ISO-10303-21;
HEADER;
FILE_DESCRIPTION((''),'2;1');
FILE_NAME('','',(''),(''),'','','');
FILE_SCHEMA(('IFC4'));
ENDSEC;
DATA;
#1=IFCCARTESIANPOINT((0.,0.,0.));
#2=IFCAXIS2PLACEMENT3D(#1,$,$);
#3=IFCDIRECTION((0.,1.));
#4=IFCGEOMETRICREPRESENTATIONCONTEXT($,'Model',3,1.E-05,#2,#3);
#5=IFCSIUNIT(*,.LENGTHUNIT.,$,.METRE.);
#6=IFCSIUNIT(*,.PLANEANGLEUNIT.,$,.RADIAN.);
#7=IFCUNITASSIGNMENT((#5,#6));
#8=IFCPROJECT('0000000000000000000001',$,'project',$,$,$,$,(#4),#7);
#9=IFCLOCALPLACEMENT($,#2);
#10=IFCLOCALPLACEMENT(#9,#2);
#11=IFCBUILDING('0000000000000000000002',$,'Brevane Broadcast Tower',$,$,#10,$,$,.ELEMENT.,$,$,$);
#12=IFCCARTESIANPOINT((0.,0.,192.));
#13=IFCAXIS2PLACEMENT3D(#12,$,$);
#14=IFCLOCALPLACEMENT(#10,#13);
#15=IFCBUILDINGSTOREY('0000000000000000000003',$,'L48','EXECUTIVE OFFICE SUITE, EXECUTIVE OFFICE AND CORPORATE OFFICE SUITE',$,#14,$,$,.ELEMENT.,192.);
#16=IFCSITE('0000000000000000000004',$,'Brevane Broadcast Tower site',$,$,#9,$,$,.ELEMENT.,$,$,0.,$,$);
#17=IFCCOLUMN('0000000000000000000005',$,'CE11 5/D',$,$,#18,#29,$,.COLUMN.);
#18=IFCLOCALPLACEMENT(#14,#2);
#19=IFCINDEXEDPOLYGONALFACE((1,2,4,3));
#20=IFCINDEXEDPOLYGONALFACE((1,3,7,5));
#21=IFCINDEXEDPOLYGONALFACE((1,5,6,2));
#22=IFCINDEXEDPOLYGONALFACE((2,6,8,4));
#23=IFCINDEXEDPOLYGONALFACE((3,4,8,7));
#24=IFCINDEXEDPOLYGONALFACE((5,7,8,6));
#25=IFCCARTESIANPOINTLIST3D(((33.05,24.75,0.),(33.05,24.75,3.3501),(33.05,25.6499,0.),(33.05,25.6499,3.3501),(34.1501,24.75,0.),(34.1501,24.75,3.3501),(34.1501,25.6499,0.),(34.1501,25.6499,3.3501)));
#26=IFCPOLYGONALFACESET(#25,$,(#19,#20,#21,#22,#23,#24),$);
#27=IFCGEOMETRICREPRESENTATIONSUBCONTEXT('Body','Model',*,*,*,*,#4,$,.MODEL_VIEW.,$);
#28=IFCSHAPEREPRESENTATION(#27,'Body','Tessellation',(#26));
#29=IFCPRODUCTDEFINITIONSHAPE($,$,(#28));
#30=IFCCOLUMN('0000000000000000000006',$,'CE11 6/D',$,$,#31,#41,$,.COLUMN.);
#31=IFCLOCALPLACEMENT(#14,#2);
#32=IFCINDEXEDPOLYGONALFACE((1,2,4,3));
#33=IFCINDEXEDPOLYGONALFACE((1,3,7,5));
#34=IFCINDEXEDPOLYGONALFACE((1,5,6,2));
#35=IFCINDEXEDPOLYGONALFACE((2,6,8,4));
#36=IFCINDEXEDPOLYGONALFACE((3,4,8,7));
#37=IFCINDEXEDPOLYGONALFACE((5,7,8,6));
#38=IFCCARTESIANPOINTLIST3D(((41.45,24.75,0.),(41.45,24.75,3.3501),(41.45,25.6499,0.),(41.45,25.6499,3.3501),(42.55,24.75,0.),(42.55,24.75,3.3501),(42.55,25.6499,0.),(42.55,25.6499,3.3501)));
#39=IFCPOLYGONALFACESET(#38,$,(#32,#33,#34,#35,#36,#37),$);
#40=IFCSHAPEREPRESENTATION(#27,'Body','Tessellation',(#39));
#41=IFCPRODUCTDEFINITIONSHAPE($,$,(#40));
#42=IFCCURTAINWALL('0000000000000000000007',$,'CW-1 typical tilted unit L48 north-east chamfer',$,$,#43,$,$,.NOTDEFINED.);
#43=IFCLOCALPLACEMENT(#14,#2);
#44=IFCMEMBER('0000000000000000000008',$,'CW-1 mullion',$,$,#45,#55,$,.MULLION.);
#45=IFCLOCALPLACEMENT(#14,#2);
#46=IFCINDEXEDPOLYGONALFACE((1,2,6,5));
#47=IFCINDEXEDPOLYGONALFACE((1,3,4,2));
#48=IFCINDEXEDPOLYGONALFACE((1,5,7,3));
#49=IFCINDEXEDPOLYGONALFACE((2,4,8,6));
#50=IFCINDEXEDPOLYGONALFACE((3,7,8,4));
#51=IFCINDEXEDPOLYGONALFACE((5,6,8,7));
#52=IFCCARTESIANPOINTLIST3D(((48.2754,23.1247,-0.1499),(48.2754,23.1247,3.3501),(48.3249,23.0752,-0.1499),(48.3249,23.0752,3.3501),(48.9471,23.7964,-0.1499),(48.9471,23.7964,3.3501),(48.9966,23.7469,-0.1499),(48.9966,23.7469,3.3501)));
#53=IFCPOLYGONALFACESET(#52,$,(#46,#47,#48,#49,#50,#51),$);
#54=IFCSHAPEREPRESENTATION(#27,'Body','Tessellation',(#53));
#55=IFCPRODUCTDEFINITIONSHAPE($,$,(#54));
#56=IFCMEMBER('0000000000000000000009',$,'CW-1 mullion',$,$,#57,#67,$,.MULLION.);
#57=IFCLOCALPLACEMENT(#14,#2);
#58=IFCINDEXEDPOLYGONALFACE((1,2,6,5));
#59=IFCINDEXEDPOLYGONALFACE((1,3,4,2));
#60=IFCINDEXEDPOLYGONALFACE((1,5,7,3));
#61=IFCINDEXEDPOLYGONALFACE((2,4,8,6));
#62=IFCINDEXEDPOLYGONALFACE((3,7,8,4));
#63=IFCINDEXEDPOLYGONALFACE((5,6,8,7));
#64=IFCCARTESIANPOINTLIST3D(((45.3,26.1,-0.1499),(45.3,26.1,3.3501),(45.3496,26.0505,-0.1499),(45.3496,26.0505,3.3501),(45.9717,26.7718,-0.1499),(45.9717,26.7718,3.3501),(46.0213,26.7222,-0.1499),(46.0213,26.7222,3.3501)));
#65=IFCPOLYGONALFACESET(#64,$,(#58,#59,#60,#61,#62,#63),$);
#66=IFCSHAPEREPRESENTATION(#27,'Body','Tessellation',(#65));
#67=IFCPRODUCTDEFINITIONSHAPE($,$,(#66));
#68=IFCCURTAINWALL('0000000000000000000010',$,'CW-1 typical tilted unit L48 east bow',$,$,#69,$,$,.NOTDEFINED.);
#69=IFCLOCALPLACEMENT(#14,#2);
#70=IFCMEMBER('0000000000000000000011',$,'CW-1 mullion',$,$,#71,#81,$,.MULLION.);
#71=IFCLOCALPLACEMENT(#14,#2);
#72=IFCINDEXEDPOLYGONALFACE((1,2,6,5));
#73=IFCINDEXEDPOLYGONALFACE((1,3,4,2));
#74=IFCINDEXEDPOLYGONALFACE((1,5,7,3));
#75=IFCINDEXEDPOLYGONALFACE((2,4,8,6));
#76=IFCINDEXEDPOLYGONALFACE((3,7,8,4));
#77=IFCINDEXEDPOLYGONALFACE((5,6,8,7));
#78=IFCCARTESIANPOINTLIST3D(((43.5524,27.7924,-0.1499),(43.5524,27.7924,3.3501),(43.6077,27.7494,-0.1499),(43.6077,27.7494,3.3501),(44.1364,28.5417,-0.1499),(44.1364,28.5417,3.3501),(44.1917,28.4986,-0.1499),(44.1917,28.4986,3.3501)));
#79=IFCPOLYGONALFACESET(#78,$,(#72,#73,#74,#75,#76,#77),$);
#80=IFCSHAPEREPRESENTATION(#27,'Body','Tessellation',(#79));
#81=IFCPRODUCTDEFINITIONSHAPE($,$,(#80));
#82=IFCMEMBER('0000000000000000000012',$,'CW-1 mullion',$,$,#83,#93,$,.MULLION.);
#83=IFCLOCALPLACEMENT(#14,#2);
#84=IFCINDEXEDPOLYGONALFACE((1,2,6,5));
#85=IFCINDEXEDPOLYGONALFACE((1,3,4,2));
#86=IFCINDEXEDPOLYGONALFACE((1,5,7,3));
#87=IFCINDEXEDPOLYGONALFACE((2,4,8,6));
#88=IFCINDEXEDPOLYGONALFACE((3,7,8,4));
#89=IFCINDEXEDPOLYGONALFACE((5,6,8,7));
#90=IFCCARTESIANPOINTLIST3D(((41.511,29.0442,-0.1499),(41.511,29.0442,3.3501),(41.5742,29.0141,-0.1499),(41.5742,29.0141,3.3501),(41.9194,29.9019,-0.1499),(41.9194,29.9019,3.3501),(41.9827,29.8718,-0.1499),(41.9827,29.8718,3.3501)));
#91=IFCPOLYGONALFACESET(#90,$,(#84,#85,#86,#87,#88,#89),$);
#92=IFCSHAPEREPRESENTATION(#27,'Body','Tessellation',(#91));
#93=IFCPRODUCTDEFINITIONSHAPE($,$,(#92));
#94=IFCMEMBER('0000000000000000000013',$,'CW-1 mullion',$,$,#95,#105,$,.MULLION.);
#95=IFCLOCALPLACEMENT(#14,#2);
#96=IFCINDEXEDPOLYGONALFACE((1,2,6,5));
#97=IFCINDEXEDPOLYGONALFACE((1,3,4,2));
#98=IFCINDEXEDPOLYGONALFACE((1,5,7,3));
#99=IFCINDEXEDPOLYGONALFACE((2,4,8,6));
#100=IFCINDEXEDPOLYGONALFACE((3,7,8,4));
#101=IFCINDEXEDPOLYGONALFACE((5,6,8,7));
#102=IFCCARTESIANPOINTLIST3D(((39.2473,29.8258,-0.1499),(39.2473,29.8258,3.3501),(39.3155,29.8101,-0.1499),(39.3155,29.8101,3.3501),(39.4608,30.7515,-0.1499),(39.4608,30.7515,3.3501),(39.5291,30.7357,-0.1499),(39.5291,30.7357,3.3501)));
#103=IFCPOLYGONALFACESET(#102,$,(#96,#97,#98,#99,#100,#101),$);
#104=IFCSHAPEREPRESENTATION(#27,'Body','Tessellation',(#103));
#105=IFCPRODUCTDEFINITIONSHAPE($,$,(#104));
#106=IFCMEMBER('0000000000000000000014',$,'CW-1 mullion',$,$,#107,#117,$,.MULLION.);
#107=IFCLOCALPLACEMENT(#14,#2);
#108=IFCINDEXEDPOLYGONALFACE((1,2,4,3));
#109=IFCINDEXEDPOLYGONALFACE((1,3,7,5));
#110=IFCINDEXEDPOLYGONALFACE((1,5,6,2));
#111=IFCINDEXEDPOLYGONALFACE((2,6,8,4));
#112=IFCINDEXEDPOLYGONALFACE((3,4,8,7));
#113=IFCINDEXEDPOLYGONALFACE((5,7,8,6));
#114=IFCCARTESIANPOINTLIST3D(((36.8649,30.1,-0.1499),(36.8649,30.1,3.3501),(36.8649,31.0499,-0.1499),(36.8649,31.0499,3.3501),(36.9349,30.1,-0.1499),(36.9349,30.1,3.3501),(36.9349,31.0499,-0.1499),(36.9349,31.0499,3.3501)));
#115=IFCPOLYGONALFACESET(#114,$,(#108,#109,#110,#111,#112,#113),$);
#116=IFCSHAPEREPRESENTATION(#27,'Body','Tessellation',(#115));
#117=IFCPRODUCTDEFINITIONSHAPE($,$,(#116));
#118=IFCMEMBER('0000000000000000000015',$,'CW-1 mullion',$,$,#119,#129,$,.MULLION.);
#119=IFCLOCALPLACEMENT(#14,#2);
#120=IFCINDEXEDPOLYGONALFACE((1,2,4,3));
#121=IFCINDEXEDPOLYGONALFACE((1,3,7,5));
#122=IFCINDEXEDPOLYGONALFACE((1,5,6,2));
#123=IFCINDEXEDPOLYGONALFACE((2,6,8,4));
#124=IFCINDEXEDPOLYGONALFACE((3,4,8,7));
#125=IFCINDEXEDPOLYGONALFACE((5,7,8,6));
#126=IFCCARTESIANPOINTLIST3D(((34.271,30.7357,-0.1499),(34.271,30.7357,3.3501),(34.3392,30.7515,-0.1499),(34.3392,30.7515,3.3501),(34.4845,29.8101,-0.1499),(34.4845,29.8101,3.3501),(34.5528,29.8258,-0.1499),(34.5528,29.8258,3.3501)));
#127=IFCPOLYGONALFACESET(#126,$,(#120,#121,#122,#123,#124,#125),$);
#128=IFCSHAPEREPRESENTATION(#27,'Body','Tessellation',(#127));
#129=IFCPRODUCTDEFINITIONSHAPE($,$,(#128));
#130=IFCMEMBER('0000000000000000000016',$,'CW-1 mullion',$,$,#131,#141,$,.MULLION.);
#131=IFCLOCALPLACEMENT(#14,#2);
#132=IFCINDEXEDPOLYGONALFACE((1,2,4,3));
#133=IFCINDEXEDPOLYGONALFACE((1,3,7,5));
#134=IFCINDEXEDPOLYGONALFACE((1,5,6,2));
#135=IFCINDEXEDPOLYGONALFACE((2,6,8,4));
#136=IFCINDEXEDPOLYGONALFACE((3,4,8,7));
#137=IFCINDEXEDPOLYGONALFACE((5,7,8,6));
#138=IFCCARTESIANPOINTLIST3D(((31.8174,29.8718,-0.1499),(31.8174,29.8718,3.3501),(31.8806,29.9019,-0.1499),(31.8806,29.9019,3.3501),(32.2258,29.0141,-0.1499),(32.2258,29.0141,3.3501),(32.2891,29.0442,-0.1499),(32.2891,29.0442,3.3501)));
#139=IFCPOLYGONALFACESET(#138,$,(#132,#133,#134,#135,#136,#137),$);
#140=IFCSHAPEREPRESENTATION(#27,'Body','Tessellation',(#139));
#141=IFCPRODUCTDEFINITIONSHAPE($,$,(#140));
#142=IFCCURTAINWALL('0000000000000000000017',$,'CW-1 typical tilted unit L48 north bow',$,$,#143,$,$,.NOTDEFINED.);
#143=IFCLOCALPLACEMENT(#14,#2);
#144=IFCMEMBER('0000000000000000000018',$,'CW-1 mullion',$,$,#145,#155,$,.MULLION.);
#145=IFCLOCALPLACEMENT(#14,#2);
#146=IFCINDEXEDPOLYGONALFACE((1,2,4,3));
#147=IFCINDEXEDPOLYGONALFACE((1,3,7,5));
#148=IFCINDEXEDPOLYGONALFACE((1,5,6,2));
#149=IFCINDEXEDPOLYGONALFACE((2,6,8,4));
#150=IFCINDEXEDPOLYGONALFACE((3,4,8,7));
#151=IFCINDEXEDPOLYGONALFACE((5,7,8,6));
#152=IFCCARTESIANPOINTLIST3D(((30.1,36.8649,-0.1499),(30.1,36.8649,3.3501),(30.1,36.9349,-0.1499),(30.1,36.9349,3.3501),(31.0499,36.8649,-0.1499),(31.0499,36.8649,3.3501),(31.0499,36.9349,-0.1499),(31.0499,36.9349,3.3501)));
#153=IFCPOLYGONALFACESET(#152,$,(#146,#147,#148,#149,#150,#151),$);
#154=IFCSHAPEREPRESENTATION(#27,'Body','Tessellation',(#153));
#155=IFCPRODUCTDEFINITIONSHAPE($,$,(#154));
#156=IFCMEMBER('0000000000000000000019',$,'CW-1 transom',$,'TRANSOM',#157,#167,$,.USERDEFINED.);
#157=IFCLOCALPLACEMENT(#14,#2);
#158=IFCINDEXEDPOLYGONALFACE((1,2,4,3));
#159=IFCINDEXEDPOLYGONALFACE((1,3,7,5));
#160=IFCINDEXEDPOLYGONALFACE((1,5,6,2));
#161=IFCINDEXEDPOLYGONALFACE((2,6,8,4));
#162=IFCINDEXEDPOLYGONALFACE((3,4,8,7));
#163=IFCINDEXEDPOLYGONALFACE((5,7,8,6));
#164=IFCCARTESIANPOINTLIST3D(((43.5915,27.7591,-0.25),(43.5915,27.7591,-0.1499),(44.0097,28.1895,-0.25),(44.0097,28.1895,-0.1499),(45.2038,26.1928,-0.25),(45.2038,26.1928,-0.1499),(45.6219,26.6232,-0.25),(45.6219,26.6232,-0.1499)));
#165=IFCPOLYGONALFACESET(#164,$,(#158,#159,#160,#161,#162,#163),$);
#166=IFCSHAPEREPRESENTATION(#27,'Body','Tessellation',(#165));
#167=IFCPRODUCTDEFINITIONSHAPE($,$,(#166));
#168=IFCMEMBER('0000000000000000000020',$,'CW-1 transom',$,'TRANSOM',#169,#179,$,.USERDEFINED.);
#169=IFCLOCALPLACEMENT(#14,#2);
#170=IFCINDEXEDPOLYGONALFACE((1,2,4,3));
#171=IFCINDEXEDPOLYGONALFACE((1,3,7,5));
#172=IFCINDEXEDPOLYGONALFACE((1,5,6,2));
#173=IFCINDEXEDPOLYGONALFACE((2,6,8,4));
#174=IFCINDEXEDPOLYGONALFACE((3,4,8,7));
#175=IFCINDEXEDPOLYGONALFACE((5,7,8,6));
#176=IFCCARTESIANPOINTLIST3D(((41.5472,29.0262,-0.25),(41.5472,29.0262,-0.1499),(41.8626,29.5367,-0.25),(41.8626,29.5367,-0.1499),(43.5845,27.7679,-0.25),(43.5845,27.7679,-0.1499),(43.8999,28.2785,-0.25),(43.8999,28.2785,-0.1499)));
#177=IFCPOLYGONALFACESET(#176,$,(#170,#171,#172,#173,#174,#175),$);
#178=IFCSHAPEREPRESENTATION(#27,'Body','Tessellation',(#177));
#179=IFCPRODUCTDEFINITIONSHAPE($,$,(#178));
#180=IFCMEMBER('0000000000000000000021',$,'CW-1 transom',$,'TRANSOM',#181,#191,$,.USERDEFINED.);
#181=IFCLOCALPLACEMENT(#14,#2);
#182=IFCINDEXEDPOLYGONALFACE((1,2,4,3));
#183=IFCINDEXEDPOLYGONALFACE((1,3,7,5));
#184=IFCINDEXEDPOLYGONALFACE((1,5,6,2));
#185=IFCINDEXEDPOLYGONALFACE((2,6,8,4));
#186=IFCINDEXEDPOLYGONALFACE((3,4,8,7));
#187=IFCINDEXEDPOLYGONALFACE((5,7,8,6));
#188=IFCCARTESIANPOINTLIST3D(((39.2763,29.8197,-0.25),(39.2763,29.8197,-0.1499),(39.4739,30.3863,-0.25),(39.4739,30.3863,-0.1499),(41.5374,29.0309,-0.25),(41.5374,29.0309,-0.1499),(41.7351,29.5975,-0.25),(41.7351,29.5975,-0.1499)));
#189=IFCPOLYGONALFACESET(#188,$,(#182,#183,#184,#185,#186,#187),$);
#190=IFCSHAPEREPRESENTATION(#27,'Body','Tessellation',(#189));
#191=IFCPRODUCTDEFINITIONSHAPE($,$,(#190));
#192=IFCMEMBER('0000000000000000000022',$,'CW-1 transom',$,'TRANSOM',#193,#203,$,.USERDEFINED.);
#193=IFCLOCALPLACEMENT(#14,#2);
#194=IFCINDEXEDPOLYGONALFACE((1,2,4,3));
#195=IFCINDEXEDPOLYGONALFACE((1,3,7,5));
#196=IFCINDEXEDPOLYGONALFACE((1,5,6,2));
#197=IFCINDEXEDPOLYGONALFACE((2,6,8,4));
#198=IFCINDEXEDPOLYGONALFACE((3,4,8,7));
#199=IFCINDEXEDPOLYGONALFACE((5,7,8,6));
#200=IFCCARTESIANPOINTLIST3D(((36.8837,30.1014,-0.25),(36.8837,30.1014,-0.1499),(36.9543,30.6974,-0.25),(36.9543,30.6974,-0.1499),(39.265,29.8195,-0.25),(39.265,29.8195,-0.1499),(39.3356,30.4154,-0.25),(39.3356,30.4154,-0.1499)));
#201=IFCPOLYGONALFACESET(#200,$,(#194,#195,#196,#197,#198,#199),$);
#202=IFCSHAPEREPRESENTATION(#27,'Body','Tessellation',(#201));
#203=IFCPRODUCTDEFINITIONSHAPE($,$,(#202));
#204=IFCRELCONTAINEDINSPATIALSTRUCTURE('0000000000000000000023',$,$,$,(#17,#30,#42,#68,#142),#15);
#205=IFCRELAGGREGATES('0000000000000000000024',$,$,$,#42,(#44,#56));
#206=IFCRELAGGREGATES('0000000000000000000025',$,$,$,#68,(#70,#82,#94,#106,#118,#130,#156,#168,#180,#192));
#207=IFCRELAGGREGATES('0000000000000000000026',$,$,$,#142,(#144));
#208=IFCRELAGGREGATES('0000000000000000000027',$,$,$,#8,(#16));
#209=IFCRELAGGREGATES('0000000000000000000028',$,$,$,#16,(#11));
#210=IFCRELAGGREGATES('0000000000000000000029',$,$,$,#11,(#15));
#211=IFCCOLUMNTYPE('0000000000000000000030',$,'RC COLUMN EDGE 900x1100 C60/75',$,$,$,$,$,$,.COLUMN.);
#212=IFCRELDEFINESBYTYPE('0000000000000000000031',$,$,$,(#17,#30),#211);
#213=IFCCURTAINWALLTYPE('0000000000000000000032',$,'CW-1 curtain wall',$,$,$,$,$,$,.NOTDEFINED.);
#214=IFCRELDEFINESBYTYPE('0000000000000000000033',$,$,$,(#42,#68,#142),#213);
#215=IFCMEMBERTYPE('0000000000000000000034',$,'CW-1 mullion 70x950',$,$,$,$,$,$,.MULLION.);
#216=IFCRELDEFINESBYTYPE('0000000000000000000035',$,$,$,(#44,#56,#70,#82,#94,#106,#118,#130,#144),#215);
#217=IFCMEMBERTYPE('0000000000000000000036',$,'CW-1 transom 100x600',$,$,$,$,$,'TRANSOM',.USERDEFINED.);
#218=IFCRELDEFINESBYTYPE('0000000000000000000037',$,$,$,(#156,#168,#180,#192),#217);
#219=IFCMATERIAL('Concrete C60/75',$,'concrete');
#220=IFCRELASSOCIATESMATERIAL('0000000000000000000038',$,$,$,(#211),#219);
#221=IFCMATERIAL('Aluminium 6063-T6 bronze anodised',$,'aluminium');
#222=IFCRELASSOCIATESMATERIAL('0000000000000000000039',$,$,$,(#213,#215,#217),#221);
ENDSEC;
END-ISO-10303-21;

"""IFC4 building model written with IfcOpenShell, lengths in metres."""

from ifc_helpers import new_model, si_unit, direction, frame, origin, origin_2d, place, context, subcontext, project, spatial, rectangle, extrude, material, material_profile, profile_set, type_object, element, aggregate, save


model = new_model("IFC4")

# Units and contexts
model_context = context("Model", 3, precision=1e-05, world=origin(), true_north=direction((0.0, 1.0)))
body_context = subcontext(model_context, "Body", "Model", "MODEL_VIEW")
ifc_project = project(units=[si_unit("LENGTHUNIT", "METRE"), si_unit("PLANEANGLEUNIT", "RADIAN")], contexts=[model_context])

# Site, building, storey
site_placement = place(None, origin())
site = spatial("IfcSite", under=ifc_project, at=site_placement, Name="Brevane Broadcast Tower site", CompositionType="ELEMENT", RefElevation=0.0)
building_placement = place(site_placement, origin())
building = spatial("IfcBuilding", under=site, at=building_placement, Name="Brevane Broadcast Tower", CompositionType="ELEMENT")
storey_placement = place(building_placement, frame((0.0, 0.0, 192.0)))
storey = spatial("IfcBuildingStorey", under=building, at=storey_placement, Name="L48", Description="EXECUTIVE OFFICE SUITE, EXECUTIVE OFFICE AND CORPORATE OFFICE SUITE", CompositionType="ELEMENT", Elevation=192.0)

# Columns
ifc_material_1 = material(Name="Concrete C60/75", Category="concrete")
ifc_material_profile_1 = material_profile(ifc_material_1, rectangle(XDim=0.8999, YDim=1.1001, at=origin_2d()), Name="RC 900x1100")
ifc_profile_set_1 = profile_set([ifc_material_profile_1], Name="Concrete C60/75")
column_type = type_object("IfcColumnType", Name="RC COLUMN EDGE 900x1100 C60/75", PredefinedType="COLUMN", material=ifc_profile_set_1)
for number, where, z_axis, x_axis, name in (
    (1, (33.6001, 25.2, 0.0), (0.0, 0.0, 1.0), (0.0, 1.0, 0.0), "CE11 5/D"),
    (2, (42.0, 25.2, 0.0), (0.0, 0.0, 1.0), (0.0, 1.0, 0.0), "CE11 6/D"),
):
    element("IfcColumn", number, at=place(storey_placement, frame(where, z_axis=z_axis, x_axis=x_axis)), inside=storey, type_object=column_type, Name=name, PredefinedType="COLUMN", context=body_context, shape_type="SweptSolid", body=[
        extrude(rectangle(XDim=0.8999, YDim=1.1001, at=origin_2d()), origin(), (0.0, 0.0, 1.0), 3.3501),
    ])

# Curtain walls, members
ifc_material_2 = material(Name="Aluminium 6063-T6 bronze anodised", Category="aluminium")
curtain_wall_type = type_object("IfcCurtainWallType", Name="CW-1 curtain wall", PredefinedType="NOTDEFINED", material=ifc_material_2)
curtain_wall_1_placement = place(storey_placement, origin())
curtain_wall_1 = element("IfcCurtainWall", 3, at=curtain_wall_1_placement, inside=storey, type_object=curtain_wall_type, Name="CW-1 typical tilted unit L48 north-east chamfer", PredefinedType="NOTDEFINED")
ifc_material_profile_2 = material_profile(ifc_material_2, rectangle(XDim=0.95, YDim=0.0701, at=origin_2d()), Name="RECT 70x950")
ifc_profile_set_2 = profile_set([ifc_material_profile_2], Name="Aluminium 6063-T6 bronze anodised")
member_type_1 = type_object("IfcMemberType", Name="CW-1 mullion 70x950", PredefinedType="MULLION", material=ifc_profile_set_2)
member_1_placement = place(storey_placement, frame((48.636, 23.4358, -0.1499), z_axis=(0.0, 0.0, 1.0), x_axis=(-0.707107, -0.707107, 0.0)))
member_1 = element("IfcMember", 4, at=member_1_placement, type_object=member_type_1, Name="CW-1 mullion", PredefinedType="MULLION", context=body_context, shape_type="SweptSolid", body=[
    extrude(rectangle(XDim=0.95, YDim=0.0701, at=origin_2d()), origin(), (0.0, 0.0, 1.0), 3.5),
])
member_2_placement = place(storey_placement, frame((45.6606, 26.4111, -0.1499), z_axis=(0.0, 0.0, 1.0), x_axis=(-0.707107, -0.707107, 0.0)))
member_2 = element("IfcMember", 5, at=member_2_placement, type_object=member_type_1, Name="CW-1 mullion", PredefinedType="MULLION", context=body_context, shape_type="SweptSolid", body=[
    extrude(rectangle(XDim=0.95, YDim=0.0701, at=origin_2d()), origin(), (0.0, 0.0, 1.0), 3.5),
])
aggregate(curtain_wall_1, [member_1, member_2])
curtain_wall_2_placement = place(storey_placement, origin())
curtain_wall_2 = element("IfcCurtainWall", 6, at=curtain_wall_2_placement, inside=storey, type_object=curtain_wall_type, Name="CW-1 typical tilted unit L48 east bow", PredefinedType="NOTDEFINED")
member_3_placement = place(storey_placement, frame((43.8721, 28.1455, -0.1499), z_axis=(0.0, 0.0, 1.0), x_axis=(-0.61477, -0.788707, 0.0)))
member_3 = element("IfcMember", 7, at=member_3_placement, type_object=member_type_1, Name="CW-1 mullion", PredefinedType="MULLION", context=body_context, shape_type="SweptSolid", body=[
    extrude(rectangle(XDim=0.95, YDim=0.0701, at=origin_2d()), origin(), (0.0, 0.0, 1.0), 3.5),
])
member_4_placement = place(storey_placement, frame((41.7468, 29.458, -0.1499), z_axis=(0.0, 0.0, 1.0), x_axis=(-0.429934, -0.902861, 0.0)))
member_4 = element("IfcMember", 8, at=member_4_placement, type_object=member_type_1, Name="CW-1 mullion", PredefinedType="MULLION", context=body_context, shape_type="SweptSolid", body=[
    extrude(rectangle(XDim=0.95, YDim=0.0701, at=origin_2d()), origin(), (0.0, 0.0, 1.0), 3.5),
])
member_5_placement = place(storey_placement, frame((39.3882, 30.2808, -0.1499), z_axis=(0.0, 0.0, 1.0), x_axis=(-0.224807, -0.974403, 0.0)))
member_5 = element("IfcMember", 9, at=member_5_placement, type_object=member_type_1, Name="CW-1 mullion", PredefinedType="MULLION", context=body_context, shape_type="SweptSolid", body=[
    extrude(rectangle(XDim=0.95, YDim=0.0701, at=origin_2d()), origin(), (0.0, 0.0, 1.0), 3.5),
])
member_6_placement = place(storey_placement, frame((36.8999, 30.575, -0.1499), z_axis=(0.0, 0.0, 1.0), x_axis=(0.0, -1.0, 0.0)))
member_6 = element("IfcMember", 10, at=member_6_placement, type_object=member_type_1, Name="CW-1 mullion", PredefinedType="MULLION", context=body_context, shape_type="SweptSolid", body=[
    extrude(rectangle(XDim=0.95, YDim=0.0701, at=origin_2d()), origin(), (0.0, 0.0, 1.0), 3.5),
])
member_7_placement = place(storey_placement, frame((34.4119, 30.2808, -0.1499), z_axis=(0.0, 0.0, 1.0), x_axis=(0.224807, -0.974403, 0.0)))
member_7 = element("IfcMember", 11, at=member_7_placement, type_object=member_type_1, Name="CW-1 mullion", PredefinedType="MULLION", context=body_context, shape_type="SweptSolid", body=[
    extrude(rectangle(XDim=0.95, YDim=0.0701, at=origin_2d()), origin(), (0.0, 0.0, 1.0), 3.5),
])
member_8_placement = place(storey_placement, frame((32.0532, 29.458, -0.1499), z_axis=(0.0, 0.0, 1.0), x_axis=(0.429934, -0.902861, 0.0)))
member_8 = element("IfcMember", 12, at=member_8_placement, type_object=member_type_1, Name="CW-1 mullion", PredefinedType="MULLION", context=body_context, shape_type="SweptSolid", body=[
    extrude(rectangle(XDim=0.95, YDim=0.0701, at=origin_2d()), origin(), (0.0, 0.0, 1.0), 3.5),
])

# Curtain wall, member
curtain_wall_3_placement = place(storey_placement, origin())
curtain_wall_3 = element("IfcCurtainWall", 13, at=curtain_wall_3_placement, inside=storey, type_object=curtain_wall_type, Name="CW-1 typical tilted unit L48 north bow", PredefinedType="NOTDEFINED")
member_9_placement = place(storey_placement, frame((30.575, 36.8999, -0.1499), z_axis=(0.0, 0.0, 1.0), x_axis=(-1.0, 0.0, 0.0)))
member_9 = element("IfcMember", 14, at=member_9_placement, type_object=member_type_1, Name="CW-1 mullion", PredefinedType="MULLION", context=body_context, shape_type="SweptSolid", body=[
    extrude(rectangle(XDim=0.95, YDim=0.0701, at=origin_2d()), origin(), (0.0, 0.0, 1.0), 3.5),
])

# Members
ifc_material_profile_3 = material_profile(ifc_material_2, rectangle(XDim=0.6001, YDim=0.1001, at=origin_2d()), Name="RECT 100x600")
ifc_profile_set_3 = profile_set([ifc_material_profile_3], Name="Aluminium 6063-T6 bronze anodised")
member_type_2 = type_object("IfcMemberType", Name="CW-1 transom 100x600", ElementType="TRANSOM", PredefinedType="USERDEFINED", material=ifc_profile_set_3)
member_10_placement = place(storey_placement, frame((45.4128, 26.408, -0.2), z_axis=(-0.717242, 0.696824, 0.0), x_axis=(-0.696824, -0.717242, 0.0)))
member_10 = element("IfcMember", 15, at=member_10_placement, type_object=member_type_2, Name="CW-1 transom", ObjectType="TRANSOM", PredefinedType="USERDEFINED", context=body_context, shape_type="SweptSolid", body=[
    extrude(rectangle(XDim=0.6001, YDim=0.1001, at=origin_2d()), origin(), (0.0, 0.0, 1.0), 2.2478),
])
member_11_placement = place(storey_placement, frame((43.7422, 28.0232, -0.2), z_axis=(-0.85081, 0.525473, 0.0), x_axis=(-0.525473, -0.85081, 0.0)))
member_11 = element("IfcMember", 16, at=member_11_placement, type_object=member_type_2, Name="CW-1 transom", ObjectType="TRANSOM", PredefinedType="USERDEFINED", context=body_context, shape_type="SweptSolid", body=[
    extrude(rectangle(XDim=0.6001, YDim=0.1001, at=origin_2d()), origin(), (0.0, 0.0, 1.0), 2.3945),
])
member_12_placement = place(storey_placement, frame((41.6362, 29.3142, -0.2), z_axis=(-0.944198, 0.329378, 0.0), x_axis=(-0.329378, -0.944198, 0.0)))
member_12 = element("IfcMember", 17, at=member_12_placement, type_object=member_type_2, Name="CW-1 transom", ObjectType="TRANSOM", PredefinedType="USERDEFINED", context=body_context, shape_type="SweptSolid", body=[
    extrude(rectangle(XDim=0.6001, YDim=0.1001, at=origin_2d()), origin(), (0.0, 0.0, 1.0), 2.3948),
])
member_13_placement = place(storey_placement, frame((39.3003, 30.1174, -0.2), z_axis=(-0.993062, 0.117591, 0.0), x_axis=(-0.117591, -0.993062, 0.0)))
member_13 = element("IfcMember", 18, at=member_13_placement, type_object=member_type_2, Name="CW-1 transom", ObjectType="TRANSOM", PredefinedType="USERDEFINED", context=body_context, shape_type="SweptSolid", body=[
    extrude(rectangle(XDim=0.6001, YDim=0.1001, at=origin_2d()), origin(), (0.0, 0.0, 1.0), 2.3979),
])
aggregate(curtain_wall_2, [member_3, member_4, member_5, member_6, member_7, member_8, member_10, member_11, member_12, member_13])
aggregate(curtain_wall_3, [member_9])

save(model, "model.ifc")
